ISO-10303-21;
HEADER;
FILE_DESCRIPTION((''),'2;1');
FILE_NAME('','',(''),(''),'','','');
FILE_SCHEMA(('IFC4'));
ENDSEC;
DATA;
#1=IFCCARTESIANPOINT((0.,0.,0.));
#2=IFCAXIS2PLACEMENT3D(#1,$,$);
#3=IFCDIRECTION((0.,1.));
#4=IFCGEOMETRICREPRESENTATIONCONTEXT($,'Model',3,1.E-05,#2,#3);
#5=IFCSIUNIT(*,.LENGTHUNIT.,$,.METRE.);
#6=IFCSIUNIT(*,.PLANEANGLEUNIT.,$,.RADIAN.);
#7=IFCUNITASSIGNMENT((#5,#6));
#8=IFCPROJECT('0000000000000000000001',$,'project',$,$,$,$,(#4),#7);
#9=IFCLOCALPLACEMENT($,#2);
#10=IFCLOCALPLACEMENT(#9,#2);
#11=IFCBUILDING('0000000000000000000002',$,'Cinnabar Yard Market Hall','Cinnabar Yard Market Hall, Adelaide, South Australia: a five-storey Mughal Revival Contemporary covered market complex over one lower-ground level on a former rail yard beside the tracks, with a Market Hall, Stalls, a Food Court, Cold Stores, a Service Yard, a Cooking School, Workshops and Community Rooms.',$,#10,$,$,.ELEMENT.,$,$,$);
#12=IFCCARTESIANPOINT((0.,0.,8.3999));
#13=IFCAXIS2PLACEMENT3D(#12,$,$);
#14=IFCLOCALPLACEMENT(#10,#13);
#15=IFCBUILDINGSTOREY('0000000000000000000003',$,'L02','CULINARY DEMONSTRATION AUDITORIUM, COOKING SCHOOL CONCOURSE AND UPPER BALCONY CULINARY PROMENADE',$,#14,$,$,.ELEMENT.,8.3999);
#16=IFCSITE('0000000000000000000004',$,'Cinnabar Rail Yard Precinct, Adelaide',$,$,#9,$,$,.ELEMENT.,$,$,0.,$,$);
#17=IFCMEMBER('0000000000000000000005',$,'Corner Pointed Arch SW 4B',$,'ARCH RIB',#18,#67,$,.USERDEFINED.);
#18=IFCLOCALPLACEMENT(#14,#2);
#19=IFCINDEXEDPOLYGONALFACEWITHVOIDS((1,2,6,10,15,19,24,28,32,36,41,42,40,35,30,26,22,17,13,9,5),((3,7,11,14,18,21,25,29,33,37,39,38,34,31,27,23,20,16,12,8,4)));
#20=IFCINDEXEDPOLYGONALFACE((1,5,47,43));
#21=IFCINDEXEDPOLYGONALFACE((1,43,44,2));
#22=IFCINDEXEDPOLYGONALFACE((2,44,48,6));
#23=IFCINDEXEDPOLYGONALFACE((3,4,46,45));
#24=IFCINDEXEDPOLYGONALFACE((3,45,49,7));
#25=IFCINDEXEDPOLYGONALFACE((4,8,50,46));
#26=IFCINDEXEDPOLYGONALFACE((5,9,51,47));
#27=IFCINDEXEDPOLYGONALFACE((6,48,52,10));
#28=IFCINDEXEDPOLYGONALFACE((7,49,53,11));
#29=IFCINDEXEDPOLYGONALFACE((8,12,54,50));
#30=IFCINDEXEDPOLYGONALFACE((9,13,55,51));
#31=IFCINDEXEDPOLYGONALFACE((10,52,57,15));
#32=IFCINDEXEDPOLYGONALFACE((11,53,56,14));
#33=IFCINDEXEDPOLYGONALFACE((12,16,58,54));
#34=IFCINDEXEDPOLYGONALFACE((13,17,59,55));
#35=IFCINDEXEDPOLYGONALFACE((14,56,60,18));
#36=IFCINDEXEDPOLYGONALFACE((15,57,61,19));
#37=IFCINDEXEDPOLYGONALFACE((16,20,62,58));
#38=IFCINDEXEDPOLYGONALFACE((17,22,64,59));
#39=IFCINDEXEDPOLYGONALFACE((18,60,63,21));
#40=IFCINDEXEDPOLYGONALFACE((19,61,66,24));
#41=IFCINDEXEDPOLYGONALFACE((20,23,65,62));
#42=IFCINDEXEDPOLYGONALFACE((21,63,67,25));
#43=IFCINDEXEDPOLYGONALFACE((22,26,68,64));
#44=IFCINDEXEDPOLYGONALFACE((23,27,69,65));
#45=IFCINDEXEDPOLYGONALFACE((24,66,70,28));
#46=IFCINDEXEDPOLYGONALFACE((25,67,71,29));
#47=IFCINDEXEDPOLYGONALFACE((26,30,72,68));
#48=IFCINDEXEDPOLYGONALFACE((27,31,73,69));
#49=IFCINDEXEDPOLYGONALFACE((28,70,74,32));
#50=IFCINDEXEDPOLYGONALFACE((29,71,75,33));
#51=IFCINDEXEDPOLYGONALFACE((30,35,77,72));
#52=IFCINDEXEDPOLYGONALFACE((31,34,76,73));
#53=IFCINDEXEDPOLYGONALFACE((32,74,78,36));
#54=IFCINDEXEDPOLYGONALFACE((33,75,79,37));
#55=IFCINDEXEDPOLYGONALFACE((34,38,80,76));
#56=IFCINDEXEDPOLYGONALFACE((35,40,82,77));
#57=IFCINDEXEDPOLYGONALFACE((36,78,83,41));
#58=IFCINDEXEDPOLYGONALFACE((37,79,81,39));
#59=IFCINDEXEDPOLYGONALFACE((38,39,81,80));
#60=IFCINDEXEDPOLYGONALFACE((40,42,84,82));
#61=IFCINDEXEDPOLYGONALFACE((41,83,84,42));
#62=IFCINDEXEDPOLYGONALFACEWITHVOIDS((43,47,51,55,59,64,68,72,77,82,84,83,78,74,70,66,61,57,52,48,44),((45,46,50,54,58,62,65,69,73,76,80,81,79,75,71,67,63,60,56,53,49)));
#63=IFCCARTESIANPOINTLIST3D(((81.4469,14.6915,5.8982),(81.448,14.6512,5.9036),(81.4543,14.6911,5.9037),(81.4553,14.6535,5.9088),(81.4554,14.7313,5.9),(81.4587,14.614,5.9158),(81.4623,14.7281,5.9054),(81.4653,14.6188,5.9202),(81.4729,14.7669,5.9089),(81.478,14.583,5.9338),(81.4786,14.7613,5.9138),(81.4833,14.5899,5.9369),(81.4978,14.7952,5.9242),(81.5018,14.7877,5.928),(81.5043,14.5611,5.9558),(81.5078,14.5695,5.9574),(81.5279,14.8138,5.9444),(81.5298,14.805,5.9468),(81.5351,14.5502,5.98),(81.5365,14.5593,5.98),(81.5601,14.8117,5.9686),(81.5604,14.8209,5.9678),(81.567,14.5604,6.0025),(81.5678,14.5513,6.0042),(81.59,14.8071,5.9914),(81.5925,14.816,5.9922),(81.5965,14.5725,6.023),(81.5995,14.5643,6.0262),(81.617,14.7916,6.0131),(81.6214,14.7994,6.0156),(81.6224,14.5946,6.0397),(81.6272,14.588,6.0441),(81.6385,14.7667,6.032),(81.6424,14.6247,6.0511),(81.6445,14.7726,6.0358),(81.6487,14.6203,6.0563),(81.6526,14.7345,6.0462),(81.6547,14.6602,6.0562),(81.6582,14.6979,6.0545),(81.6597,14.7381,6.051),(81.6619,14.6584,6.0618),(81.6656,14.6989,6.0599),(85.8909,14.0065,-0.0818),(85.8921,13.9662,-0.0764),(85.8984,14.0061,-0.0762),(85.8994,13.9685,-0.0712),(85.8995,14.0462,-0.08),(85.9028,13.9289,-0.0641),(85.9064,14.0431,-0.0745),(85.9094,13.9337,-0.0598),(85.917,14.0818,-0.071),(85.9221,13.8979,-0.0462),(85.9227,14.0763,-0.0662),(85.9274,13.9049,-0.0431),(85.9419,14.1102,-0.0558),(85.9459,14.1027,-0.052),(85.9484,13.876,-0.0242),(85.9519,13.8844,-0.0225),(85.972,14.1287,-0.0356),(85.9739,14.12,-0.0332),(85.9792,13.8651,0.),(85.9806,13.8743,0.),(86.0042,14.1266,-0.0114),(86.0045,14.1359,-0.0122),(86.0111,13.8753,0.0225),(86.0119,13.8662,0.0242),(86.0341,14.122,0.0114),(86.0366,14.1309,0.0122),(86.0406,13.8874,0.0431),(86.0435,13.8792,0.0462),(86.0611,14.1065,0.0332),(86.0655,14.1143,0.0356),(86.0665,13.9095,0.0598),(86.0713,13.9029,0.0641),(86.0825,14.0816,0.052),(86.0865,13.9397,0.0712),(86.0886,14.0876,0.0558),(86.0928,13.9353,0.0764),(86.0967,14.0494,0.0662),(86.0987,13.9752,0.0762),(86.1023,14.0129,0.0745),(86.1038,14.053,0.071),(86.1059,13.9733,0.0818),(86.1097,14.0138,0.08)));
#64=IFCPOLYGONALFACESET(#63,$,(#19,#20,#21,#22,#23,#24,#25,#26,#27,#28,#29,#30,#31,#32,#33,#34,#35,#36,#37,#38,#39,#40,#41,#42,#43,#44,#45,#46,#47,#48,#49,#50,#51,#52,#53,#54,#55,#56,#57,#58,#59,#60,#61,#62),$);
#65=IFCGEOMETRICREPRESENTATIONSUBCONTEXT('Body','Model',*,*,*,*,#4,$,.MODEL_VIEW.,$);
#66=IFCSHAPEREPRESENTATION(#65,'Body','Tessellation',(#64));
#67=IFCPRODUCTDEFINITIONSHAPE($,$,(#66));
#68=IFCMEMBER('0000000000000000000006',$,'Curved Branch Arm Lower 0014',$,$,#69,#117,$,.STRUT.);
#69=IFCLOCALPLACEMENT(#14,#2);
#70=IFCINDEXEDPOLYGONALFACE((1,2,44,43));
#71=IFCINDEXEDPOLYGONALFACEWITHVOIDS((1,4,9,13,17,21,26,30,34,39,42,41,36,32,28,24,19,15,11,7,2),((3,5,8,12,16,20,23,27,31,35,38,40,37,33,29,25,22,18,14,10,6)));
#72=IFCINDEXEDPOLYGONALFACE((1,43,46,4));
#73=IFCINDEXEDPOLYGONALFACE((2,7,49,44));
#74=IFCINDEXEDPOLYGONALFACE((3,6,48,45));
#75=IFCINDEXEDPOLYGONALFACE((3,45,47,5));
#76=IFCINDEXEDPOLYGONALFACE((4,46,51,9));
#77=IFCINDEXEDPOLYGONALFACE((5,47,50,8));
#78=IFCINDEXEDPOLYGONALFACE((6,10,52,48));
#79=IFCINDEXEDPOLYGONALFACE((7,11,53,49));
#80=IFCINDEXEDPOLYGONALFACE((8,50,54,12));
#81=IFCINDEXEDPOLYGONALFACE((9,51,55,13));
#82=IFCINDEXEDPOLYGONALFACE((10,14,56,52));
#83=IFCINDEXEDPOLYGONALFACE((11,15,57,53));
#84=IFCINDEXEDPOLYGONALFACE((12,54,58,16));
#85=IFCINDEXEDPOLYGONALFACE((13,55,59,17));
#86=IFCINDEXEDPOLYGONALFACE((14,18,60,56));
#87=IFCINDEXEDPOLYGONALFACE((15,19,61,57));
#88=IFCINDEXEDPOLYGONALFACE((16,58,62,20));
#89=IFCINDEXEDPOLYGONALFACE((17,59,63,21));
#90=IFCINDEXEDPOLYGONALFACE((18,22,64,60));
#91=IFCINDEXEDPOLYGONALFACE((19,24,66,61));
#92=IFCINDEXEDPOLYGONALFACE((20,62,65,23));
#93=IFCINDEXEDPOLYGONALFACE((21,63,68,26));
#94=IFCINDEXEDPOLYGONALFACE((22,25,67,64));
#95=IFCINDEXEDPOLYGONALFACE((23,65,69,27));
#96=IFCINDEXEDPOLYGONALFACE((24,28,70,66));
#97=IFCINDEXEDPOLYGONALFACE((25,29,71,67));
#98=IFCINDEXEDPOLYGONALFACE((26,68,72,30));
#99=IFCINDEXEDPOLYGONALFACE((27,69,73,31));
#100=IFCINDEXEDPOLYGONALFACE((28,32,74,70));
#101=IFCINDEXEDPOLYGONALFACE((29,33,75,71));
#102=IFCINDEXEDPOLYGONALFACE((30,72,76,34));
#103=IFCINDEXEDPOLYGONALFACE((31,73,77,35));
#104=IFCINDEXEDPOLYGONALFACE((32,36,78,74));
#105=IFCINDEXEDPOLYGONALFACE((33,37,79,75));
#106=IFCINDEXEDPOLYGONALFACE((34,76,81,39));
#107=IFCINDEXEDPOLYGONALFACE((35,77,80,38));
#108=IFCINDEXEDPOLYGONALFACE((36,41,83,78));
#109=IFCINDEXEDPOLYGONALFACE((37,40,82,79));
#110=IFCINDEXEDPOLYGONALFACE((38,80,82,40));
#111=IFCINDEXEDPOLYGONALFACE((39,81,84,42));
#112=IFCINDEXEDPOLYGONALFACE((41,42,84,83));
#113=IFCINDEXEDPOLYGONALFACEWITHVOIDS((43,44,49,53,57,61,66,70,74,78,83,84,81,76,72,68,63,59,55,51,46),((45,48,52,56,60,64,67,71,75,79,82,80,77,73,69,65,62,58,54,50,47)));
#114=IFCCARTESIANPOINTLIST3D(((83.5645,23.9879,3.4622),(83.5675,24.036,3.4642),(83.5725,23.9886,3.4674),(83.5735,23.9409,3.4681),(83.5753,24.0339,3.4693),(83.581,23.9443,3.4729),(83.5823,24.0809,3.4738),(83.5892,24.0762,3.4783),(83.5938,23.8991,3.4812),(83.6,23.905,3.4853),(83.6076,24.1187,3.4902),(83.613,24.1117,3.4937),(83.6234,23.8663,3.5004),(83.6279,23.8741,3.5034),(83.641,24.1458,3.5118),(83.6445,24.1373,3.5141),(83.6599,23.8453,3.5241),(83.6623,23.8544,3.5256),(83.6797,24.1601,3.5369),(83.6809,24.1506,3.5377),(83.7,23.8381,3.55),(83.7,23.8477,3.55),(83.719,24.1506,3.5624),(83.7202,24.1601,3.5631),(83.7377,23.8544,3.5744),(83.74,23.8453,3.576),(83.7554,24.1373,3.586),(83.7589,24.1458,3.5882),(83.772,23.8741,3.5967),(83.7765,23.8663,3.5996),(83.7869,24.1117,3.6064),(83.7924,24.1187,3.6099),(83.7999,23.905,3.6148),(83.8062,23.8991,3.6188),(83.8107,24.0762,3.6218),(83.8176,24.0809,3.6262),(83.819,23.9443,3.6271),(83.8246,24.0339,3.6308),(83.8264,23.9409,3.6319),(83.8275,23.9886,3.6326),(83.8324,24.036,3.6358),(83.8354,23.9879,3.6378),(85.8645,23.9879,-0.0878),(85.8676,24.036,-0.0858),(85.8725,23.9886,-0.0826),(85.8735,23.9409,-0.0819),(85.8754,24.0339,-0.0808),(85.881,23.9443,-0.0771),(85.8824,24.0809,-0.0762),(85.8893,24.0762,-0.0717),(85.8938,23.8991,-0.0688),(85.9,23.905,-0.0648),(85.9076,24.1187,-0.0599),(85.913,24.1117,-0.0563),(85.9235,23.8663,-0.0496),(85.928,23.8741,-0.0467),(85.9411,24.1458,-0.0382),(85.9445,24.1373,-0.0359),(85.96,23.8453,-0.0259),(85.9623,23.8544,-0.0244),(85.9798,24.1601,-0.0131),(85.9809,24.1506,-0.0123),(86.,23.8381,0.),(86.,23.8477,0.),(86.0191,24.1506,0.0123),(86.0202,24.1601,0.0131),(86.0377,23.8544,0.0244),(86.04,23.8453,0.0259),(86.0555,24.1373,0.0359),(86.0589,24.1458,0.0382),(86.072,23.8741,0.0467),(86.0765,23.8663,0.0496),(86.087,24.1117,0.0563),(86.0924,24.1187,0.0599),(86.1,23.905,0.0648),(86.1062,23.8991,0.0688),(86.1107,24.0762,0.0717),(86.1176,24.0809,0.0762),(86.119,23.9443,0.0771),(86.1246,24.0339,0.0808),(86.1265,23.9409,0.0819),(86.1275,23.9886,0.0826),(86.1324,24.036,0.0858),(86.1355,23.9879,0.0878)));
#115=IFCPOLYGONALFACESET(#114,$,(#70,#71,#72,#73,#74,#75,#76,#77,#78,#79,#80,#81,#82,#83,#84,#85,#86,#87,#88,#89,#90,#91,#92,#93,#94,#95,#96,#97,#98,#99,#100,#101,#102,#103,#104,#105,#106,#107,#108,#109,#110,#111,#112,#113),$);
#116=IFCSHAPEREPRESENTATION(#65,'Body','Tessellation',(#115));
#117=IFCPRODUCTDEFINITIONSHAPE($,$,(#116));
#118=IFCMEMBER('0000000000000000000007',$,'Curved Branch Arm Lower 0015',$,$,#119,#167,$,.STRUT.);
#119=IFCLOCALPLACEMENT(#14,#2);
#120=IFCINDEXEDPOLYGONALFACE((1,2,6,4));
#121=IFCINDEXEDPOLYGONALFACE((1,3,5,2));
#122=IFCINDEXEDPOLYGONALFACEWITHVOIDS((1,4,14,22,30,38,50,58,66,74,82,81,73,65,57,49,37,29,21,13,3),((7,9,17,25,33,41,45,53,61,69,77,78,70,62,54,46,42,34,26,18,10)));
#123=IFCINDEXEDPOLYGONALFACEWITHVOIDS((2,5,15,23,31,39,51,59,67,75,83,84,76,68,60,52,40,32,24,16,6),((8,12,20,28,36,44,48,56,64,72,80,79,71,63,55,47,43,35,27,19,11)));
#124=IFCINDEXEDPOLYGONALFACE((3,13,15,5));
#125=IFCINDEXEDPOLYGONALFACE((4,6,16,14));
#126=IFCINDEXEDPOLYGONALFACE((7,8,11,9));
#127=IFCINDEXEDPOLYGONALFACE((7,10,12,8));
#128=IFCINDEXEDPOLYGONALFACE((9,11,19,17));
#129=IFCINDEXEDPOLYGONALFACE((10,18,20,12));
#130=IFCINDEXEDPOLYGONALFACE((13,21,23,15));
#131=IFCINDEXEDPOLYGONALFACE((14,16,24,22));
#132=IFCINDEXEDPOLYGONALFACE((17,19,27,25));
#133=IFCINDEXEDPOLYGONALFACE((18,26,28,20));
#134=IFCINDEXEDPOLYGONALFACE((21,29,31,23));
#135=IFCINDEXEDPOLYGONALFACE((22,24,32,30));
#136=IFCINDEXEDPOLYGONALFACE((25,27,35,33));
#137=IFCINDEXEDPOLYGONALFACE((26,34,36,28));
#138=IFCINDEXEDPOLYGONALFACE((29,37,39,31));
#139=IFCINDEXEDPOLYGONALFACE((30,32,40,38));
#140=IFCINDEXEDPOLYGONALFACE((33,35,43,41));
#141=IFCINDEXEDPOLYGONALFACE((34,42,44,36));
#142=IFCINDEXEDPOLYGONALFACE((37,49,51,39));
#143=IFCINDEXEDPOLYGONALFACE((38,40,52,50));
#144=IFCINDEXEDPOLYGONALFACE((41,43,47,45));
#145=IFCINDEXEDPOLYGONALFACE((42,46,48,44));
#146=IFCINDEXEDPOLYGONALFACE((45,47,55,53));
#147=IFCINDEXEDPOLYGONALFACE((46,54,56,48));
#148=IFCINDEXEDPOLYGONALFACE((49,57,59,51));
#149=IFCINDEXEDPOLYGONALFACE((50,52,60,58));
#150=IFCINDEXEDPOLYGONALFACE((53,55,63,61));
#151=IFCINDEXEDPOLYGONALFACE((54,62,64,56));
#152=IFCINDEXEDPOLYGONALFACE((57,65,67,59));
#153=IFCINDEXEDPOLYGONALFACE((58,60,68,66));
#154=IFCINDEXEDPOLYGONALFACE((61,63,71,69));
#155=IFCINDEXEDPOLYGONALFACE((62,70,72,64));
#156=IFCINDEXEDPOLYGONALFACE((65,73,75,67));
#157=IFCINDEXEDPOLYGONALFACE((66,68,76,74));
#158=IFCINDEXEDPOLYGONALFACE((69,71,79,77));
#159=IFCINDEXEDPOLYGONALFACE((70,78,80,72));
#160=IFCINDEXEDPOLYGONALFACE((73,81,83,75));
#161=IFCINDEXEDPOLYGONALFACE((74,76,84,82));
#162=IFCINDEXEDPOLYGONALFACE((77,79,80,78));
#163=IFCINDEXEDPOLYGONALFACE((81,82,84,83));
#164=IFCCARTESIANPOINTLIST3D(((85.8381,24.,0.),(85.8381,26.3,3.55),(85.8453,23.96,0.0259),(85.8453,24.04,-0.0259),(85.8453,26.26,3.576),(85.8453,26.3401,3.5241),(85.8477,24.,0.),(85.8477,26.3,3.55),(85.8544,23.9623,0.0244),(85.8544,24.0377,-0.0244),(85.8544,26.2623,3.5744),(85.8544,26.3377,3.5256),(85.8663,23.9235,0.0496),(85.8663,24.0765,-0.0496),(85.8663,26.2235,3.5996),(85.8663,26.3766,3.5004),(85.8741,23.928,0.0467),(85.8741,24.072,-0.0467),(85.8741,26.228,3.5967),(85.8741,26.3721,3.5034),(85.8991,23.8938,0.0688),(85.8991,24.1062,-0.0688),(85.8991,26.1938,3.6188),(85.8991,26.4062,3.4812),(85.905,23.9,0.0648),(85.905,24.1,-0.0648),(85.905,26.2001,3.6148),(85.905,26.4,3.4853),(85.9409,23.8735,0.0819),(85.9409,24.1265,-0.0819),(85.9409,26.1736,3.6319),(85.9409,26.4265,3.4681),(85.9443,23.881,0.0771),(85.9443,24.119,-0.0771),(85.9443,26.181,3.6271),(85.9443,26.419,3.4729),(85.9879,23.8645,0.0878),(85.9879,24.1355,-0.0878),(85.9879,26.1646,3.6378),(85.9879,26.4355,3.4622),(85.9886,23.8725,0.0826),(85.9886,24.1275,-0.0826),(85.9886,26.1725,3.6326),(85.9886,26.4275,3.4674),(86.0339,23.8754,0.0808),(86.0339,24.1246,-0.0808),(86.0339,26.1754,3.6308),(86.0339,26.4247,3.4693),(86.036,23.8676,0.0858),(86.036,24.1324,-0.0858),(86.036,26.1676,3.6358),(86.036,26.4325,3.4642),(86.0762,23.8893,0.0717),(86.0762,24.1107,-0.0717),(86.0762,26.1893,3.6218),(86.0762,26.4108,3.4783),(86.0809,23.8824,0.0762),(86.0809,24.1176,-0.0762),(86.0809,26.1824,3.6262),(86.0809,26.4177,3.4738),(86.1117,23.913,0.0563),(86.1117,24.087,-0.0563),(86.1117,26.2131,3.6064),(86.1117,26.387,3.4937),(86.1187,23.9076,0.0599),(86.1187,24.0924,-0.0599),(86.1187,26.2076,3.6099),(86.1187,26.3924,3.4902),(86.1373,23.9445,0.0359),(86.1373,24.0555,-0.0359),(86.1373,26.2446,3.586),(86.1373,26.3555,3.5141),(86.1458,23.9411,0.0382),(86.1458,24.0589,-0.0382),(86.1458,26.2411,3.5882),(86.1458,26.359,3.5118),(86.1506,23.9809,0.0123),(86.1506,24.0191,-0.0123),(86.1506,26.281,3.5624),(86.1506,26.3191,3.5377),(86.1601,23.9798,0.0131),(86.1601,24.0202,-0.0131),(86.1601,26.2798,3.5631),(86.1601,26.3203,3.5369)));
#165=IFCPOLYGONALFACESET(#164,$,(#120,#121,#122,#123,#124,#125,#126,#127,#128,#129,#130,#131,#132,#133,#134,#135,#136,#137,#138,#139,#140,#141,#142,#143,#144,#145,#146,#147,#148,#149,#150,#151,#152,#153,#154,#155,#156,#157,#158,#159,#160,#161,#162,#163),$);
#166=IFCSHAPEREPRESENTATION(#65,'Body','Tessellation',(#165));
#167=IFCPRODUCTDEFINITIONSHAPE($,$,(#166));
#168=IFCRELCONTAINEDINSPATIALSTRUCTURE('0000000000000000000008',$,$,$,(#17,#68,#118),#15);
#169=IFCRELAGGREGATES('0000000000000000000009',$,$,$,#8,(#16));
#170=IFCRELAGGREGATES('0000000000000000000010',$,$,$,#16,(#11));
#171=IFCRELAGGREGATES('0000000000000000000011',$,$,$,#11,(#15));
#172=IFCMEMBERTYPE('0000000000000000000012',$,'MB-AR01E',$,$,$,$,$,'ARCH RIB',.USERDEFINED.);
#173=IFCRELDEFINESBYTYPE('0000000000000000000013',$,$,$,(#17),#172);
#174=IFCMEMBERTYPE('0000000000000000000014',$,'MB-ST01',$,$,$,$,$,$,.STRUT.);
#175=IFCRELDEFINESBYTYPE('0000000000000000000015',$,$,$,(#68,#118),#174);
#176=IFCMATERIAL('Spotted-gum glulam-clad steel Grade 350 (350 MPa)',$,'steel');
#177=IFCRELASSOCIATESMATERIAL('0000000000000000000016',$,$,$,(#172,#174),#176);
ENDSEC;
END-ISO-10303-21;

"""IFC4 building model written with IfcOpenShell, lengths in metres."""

from ifc_helpers import new_model, si_unit, direction, frame, origin, origin_2d_with_axis, place, context, subcontext, project, spatial, hollow_circle, extrude, material, material_profile, profile_set, type_object, element, save


model = new_model("IFC4")

# Units and contexts
model_context = context("Model", 3, precision=1e-05, world=origin(), true_north=direction((0.0, 1.0)))
body_context = subcontext(model_context, "Body", "Model", "MODEL_VIEW")
ifc_project = project(units=[si_unit("LENGTHUNIT", "METRE"), si_unit("PLANEANGLEUNIT", "RADIAN")], contexts=[model_context])

# Site, building, storey
site_placement = place(None, origin())
site = spatial("IfcSite", under=ifc_project, at=site_placement, Name="Cinnabar Rail Yard Precinct, Adelaide", CompositionType="ELEMENT", RefElevation=0.0)
building_placement = place(site_placement, origin())
building = spatial("IfcBuilding", under=site, at=building_placement, Name="Cinnabar Yard Market Hall", Description="Cinnabar Yard Market Hall, Adelaide, South Australia: a five-storey Mughal Revival Contemporary covered market complex over one lower-ground level on a former rail yard beside the tracks, with a Market Hall, Stalls, a Food Court, Cold Stores, a Service Yard, a Cooking School, Workshops and Community Rooms.", CompositionType="ELEMENT")
storey_placement = place(building_placement, frame((0.0, 0.0, 8.3999)))
storey = spatial("IfcBuildingStorey", under=building, at=storey_placement, Name="L02", Description="CULINARY DEMONSTRATION AUDITORIUM, COOKING SCHOOL CONCOURSE AND UPPER BALCONY CULINARY PROMENADE", CompositionType="ELEMENT", Elevation=8.3999)

# Shared definitions
ifc_material_1 = material(Name="Spotted-gum glulam-clad steel Grade 350 (350 MPa)", Category="steel")

# Members
ifc_material_profile_1 = material_profile(ifc_material_1, hollow_circle(Radius=0.1365, WallThickness=0.0093, at=origin_2d_with_axis()), Name="273.1x9.3CHS")
ifc_profile_set_1 = profile_set([ifc_material_profile_1], Name="Spotted-gum glulam-clad steel Grade 350 (350 MPa)")
member_type_1 = type_object("IfcMemberType", Name="MB-AR01E", ElementType="ARCH RIB", PredefinedType="USERDEFINED", material=ifc_profile_set_1)
member_1_placement = place(storey_placement, frame((86.0, 14.0, 0.0), z_axis=(-0.593976, 0.091562, 0.799255), x_axis=(-0.152351, -0.988326, 0.0)))
element("IfcMember", 1, at=member_1_placement, inside=storey, type_object=member_type_1, Name="Corner Pointed Arch SW 4B", ObjectType="ARCH RIB", PredefinedType="USERDEFINED", context=body_context, shape_type="SweptSolid", body=[
    extrude(hollow_circle(Radius=0.1365, WallThickness=0.0093, at=origin_2d_with_axis()), origin(), (0.0, 0.0, 1.0), 7.4819),
])
ifc_material_profile_2 = material_profile(ifc_material_1, hollow_circle(Radius=0.1619, WallThickness=0.0095, at=origin_2d_with_axis()), Name="323.9x9.5CHS")
ifc_profile_set_2 = profile_set([ifc_material_profile_2], Name="Spotted-gum glulam-clad steel Grade 350 (350 MPa)")
member_type_2 = type_object("IfcMemberType", Name="MB-ST01", PredefinedType="STRUT", material=ifc_profile_set_2)
for number, where, z_axis, x_axis, name in (
    (2, (86.0, 24.0, 0.0), (-0.543744, 0.0, 0.839251), (0.0, -1.0, 0.0), "Curved Branch Arm Lower 0014"),
    (3, (86.0, 24.0, 0.0), (0.0, 0.543744, 0.839251), (-1.0, 0.0, 0.0), "Curved Branch Arm Lower 0015"),
):
    element("IfcMember", number, at=place(storey_placement, frame(where, z_axis=z_axis, x_axis=x_axis)), inside=storey, type_object=member_type_2, Name=name, PredefinedType="STRUT", context=body_context, shape_type="SweptSolid", body=[
        extrude(hollow_circle(Radius=0.1619, WallThickness=0.0095, at=origin_2d_with_axis()), origin(), (0.0, 0.0, 1.0), 4.23),
    ])

save(model, "model.ifc")
